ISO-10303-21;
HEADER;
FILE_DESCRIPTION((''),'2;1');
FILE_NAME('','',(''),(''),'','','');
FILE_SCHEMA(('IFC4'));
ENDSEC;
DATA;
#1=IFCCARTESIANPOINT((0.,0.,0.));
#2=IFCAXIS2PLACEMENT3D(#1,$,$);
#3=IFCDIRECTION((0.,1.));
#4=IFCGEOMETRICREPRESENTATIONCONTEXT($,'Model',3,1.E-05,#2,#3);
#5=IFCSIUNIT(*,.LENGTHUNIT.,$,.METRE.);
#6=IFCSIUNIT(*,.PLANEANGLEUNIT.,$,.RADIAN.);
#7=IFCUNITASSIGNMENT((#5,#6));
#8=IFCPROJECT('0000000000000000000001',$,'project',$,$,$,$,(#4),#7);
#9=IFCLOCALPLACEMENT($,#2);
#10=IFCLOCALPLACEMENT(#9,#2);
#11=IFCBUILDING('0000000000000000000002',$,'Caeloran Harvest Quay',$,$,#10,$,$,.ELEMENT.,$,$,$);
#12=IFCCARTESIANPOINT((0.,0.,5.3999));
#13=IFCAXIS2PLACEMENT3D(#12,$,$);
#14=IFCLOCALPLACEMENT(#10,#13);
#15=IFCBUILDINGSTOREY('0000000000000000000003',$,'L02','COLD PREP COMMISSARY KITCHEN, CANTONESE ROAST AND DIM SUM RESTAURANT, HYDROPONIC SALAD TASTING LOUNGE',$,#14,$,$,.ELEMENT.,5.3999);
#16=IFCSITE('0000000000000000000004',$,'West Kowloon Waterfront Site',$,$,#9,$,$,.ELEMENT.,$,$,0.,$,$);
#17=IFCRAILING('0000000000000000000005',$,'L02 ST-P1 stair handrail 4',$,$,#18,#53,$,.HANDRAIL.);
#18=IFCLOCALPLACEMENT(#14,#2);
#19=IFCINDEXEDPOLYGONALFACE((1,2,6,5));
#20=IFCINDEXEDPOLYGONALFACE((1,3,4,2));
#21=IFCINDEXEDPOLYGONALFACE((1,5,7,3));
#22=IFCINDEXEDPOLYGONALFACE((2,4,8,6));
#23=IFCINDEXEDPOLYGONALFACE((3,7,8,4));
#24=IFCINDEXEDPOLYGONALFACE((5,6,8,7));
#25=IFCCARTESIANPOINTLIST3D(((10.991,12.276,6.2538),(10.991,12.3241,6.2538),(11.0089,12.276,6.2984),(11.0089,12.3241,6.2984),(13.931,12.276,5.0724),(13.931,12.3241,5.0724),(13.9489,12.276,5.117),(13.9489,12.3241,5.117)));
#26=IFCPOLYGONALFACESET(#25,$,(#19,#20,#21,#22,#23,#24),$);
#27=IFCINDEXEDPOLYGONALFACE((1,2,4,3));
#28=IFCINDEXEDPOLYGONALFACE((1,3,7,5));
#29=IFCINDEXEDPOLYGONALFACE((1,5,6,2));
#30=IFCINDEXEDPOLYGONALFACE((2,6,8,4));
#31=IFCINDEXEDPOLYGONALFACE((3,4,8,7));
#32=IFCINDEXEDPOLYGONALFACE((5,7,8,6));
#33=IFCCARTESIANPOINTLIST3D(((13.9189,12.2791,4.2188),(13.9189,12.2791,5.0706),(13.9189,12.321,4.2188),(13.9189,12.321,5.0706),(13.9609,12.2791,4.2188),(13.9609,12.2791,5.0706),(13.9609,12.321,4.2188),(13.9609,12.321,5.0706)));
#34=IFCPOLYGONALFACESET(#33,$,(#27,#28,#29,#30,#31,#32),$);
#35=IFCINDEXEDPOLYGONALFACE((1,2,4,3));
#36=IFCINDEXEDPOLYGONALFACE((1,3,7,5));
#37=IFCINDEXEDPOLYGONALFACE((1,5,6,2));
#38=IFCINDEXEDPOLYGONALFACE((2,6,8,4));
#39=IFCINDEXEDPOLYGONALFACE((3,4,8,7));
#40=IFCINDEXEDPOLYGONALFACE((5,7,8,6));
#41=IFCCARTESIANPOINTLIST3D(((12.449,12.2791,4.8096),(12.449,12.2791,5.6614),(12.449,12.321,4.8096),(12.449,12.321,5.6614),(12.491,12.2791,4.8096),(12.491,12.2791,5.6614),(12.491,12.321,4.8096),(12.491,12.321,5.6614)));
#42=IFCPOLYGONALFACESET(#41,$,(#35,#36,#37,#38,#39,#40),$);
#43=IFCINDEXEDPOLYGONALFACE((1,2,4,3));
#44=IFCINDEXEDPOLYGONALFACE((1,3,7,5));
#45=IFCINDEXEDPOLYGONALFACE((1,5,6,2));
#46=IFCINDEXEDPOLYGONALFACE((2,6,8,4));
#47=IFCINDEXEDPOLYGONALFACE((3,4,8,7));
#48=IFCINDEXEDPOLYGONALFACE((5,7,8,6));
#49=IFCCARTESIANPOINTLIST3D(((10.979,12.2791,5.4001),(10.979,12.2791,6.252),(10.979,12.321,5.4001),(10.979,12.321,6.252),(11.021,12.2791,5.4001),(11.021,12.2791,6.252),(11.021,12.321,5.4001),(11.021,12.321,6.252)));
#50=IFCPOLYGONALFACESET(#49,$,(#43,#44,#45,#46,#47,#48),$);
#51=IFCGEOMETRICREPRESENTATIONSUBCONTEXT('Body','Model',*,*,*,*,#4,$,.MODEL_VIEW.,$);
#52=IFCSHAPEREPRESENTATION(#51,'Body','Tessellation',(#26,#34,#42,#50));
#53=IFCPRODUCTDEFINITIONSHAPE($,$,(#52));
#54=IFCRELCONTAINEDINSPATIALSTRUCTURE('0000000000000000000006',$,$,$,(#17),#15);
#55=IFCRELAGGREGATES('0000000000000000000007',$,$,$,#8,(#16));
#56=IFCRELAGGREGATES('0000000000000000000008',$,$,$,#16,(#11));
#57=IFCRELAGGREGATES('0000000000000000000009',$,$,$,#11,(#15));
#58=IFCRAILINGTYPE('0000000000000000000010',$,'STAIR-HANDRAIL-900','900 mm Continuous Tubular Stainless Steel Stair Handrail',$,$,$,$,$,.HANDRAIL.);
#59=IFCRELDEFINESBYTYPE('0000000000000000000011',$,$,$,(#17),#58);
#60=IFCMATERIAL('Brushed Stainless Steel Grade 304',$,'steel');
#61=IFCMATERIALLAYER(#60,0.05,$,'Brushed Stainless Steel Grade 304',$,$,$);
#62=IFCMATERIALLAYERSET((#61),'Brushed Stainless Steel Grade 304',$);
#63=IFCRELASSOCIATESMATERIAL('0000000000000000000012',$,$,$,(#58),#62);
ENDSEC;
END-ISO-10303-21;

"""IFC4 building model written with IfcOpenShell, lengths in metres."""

from ifc_helpers import new_model, si_unit, direction, frame, origin, origin_2d, place, context, subcontext, project, spatial, rectangle, extrude, material, layer, layer_set, type_object, element, save


model = new_model("IFC4")

# Units and contexts
model_context = context("Model", 3, precision=1e-05, world=origin(), true_north=direction((0.0, 1.0)))
body_context = subcontext(model_context, "Body", "Model", "MODEL_VIEW")
ifc_project = project(units=[si_unit("LENGTHUNIT", "METRE"), si_unit("PLANEANGLEUNIT", "RADIAN")], contexts=[model_context])

# Site, building, storey
site_placement = place(None, origin())
site = spatial("IfcSite", under=ifc_project, at=site_placement, Name="West Kowloon Waterfront Site", CompositionType="ELEMENT", RefElevation=0.0)
building_placement = place(site_placement, origin())
building = spatial("IfcBuilding", under=site, at=building_placement, Name="Caeloran Harvest Quay", CompositionType="ELEMENT")
storey_placement = place(building_placement, frame((0.0, 0.0, 5.3999)))
storey = spatial("IfcBuildingStorey", under=building, at=storey_placement, Name="L02", Description="COLD PREP COMMISSARY KITCHEN, CANTONESE ROAST AND DIM SUM RESTAURANT, HYDROPONIC SALAD TASTING LOUNGE", CompositionType="ELEMENT", Elevation=5.3999)

# Railing
ifc_material_1 = material(Name="Brushed Stainless Steel Grade 304", Category="steel")
ifc_layer_1 = layer(ifc_material_1, 0.05, Name="Brushed Stainless Steel Grade 304")
ifc_layer_set_1 = layer_set([ifc_layer_1], Name="Brushed Stainless Steel Grade 304")
railing_type_1 = type_object("IfcRailingType", Name="STAIR-HANDRAIL-900", Description="900 mm Continuous Tubular Stainless Steel Stair Handrail", PredefinedType="HANDRAIL", material=ifc_layer_set_1)
railing_1_placement = place(storey_placement, frame((13.9399, 12.3, 4.2188)))
element("IfcRailing", 1, at=railing_1_placement, inside=storey, type_object=railing_type_1, Name="L02 ST-P1 stair handrail 4", PredefinedType="HANDRAIL", context=body_context, shape_type="SweptSolid", body=[
    extrude(rectangle(XDim=0.0481, YDim=0.0481, at=origin_2d()), frame((0.0, 0.0, 0.876), z_axis=(-0.927886, 0.0, 0.372865), x_axis=(0.0, -1.0, 0.0)), (0.0, 0.0, 1.0), 3.1685),
    extrude(rectangle(XDim=0.042, YDim=0.042, at=origin_2d()), origin(), (0.0, 0.0, 1.0), 0.8518),
    extrude(rectangle(XDim=0.042, YDim=0.042, at=origin_2d()), frame((-1.47, 0.0, 0.5908)), (0.0, 0.0, 1.0), 0.8518),
    extrude(rectangle(XDim=0.042, YDim=0.042, at=origin_2d()), frame((-2.9399, 0.0, 1.1814)), (0.0, 0.0, 1.0), 0.8518),
])

save(model, "model.ifc")
